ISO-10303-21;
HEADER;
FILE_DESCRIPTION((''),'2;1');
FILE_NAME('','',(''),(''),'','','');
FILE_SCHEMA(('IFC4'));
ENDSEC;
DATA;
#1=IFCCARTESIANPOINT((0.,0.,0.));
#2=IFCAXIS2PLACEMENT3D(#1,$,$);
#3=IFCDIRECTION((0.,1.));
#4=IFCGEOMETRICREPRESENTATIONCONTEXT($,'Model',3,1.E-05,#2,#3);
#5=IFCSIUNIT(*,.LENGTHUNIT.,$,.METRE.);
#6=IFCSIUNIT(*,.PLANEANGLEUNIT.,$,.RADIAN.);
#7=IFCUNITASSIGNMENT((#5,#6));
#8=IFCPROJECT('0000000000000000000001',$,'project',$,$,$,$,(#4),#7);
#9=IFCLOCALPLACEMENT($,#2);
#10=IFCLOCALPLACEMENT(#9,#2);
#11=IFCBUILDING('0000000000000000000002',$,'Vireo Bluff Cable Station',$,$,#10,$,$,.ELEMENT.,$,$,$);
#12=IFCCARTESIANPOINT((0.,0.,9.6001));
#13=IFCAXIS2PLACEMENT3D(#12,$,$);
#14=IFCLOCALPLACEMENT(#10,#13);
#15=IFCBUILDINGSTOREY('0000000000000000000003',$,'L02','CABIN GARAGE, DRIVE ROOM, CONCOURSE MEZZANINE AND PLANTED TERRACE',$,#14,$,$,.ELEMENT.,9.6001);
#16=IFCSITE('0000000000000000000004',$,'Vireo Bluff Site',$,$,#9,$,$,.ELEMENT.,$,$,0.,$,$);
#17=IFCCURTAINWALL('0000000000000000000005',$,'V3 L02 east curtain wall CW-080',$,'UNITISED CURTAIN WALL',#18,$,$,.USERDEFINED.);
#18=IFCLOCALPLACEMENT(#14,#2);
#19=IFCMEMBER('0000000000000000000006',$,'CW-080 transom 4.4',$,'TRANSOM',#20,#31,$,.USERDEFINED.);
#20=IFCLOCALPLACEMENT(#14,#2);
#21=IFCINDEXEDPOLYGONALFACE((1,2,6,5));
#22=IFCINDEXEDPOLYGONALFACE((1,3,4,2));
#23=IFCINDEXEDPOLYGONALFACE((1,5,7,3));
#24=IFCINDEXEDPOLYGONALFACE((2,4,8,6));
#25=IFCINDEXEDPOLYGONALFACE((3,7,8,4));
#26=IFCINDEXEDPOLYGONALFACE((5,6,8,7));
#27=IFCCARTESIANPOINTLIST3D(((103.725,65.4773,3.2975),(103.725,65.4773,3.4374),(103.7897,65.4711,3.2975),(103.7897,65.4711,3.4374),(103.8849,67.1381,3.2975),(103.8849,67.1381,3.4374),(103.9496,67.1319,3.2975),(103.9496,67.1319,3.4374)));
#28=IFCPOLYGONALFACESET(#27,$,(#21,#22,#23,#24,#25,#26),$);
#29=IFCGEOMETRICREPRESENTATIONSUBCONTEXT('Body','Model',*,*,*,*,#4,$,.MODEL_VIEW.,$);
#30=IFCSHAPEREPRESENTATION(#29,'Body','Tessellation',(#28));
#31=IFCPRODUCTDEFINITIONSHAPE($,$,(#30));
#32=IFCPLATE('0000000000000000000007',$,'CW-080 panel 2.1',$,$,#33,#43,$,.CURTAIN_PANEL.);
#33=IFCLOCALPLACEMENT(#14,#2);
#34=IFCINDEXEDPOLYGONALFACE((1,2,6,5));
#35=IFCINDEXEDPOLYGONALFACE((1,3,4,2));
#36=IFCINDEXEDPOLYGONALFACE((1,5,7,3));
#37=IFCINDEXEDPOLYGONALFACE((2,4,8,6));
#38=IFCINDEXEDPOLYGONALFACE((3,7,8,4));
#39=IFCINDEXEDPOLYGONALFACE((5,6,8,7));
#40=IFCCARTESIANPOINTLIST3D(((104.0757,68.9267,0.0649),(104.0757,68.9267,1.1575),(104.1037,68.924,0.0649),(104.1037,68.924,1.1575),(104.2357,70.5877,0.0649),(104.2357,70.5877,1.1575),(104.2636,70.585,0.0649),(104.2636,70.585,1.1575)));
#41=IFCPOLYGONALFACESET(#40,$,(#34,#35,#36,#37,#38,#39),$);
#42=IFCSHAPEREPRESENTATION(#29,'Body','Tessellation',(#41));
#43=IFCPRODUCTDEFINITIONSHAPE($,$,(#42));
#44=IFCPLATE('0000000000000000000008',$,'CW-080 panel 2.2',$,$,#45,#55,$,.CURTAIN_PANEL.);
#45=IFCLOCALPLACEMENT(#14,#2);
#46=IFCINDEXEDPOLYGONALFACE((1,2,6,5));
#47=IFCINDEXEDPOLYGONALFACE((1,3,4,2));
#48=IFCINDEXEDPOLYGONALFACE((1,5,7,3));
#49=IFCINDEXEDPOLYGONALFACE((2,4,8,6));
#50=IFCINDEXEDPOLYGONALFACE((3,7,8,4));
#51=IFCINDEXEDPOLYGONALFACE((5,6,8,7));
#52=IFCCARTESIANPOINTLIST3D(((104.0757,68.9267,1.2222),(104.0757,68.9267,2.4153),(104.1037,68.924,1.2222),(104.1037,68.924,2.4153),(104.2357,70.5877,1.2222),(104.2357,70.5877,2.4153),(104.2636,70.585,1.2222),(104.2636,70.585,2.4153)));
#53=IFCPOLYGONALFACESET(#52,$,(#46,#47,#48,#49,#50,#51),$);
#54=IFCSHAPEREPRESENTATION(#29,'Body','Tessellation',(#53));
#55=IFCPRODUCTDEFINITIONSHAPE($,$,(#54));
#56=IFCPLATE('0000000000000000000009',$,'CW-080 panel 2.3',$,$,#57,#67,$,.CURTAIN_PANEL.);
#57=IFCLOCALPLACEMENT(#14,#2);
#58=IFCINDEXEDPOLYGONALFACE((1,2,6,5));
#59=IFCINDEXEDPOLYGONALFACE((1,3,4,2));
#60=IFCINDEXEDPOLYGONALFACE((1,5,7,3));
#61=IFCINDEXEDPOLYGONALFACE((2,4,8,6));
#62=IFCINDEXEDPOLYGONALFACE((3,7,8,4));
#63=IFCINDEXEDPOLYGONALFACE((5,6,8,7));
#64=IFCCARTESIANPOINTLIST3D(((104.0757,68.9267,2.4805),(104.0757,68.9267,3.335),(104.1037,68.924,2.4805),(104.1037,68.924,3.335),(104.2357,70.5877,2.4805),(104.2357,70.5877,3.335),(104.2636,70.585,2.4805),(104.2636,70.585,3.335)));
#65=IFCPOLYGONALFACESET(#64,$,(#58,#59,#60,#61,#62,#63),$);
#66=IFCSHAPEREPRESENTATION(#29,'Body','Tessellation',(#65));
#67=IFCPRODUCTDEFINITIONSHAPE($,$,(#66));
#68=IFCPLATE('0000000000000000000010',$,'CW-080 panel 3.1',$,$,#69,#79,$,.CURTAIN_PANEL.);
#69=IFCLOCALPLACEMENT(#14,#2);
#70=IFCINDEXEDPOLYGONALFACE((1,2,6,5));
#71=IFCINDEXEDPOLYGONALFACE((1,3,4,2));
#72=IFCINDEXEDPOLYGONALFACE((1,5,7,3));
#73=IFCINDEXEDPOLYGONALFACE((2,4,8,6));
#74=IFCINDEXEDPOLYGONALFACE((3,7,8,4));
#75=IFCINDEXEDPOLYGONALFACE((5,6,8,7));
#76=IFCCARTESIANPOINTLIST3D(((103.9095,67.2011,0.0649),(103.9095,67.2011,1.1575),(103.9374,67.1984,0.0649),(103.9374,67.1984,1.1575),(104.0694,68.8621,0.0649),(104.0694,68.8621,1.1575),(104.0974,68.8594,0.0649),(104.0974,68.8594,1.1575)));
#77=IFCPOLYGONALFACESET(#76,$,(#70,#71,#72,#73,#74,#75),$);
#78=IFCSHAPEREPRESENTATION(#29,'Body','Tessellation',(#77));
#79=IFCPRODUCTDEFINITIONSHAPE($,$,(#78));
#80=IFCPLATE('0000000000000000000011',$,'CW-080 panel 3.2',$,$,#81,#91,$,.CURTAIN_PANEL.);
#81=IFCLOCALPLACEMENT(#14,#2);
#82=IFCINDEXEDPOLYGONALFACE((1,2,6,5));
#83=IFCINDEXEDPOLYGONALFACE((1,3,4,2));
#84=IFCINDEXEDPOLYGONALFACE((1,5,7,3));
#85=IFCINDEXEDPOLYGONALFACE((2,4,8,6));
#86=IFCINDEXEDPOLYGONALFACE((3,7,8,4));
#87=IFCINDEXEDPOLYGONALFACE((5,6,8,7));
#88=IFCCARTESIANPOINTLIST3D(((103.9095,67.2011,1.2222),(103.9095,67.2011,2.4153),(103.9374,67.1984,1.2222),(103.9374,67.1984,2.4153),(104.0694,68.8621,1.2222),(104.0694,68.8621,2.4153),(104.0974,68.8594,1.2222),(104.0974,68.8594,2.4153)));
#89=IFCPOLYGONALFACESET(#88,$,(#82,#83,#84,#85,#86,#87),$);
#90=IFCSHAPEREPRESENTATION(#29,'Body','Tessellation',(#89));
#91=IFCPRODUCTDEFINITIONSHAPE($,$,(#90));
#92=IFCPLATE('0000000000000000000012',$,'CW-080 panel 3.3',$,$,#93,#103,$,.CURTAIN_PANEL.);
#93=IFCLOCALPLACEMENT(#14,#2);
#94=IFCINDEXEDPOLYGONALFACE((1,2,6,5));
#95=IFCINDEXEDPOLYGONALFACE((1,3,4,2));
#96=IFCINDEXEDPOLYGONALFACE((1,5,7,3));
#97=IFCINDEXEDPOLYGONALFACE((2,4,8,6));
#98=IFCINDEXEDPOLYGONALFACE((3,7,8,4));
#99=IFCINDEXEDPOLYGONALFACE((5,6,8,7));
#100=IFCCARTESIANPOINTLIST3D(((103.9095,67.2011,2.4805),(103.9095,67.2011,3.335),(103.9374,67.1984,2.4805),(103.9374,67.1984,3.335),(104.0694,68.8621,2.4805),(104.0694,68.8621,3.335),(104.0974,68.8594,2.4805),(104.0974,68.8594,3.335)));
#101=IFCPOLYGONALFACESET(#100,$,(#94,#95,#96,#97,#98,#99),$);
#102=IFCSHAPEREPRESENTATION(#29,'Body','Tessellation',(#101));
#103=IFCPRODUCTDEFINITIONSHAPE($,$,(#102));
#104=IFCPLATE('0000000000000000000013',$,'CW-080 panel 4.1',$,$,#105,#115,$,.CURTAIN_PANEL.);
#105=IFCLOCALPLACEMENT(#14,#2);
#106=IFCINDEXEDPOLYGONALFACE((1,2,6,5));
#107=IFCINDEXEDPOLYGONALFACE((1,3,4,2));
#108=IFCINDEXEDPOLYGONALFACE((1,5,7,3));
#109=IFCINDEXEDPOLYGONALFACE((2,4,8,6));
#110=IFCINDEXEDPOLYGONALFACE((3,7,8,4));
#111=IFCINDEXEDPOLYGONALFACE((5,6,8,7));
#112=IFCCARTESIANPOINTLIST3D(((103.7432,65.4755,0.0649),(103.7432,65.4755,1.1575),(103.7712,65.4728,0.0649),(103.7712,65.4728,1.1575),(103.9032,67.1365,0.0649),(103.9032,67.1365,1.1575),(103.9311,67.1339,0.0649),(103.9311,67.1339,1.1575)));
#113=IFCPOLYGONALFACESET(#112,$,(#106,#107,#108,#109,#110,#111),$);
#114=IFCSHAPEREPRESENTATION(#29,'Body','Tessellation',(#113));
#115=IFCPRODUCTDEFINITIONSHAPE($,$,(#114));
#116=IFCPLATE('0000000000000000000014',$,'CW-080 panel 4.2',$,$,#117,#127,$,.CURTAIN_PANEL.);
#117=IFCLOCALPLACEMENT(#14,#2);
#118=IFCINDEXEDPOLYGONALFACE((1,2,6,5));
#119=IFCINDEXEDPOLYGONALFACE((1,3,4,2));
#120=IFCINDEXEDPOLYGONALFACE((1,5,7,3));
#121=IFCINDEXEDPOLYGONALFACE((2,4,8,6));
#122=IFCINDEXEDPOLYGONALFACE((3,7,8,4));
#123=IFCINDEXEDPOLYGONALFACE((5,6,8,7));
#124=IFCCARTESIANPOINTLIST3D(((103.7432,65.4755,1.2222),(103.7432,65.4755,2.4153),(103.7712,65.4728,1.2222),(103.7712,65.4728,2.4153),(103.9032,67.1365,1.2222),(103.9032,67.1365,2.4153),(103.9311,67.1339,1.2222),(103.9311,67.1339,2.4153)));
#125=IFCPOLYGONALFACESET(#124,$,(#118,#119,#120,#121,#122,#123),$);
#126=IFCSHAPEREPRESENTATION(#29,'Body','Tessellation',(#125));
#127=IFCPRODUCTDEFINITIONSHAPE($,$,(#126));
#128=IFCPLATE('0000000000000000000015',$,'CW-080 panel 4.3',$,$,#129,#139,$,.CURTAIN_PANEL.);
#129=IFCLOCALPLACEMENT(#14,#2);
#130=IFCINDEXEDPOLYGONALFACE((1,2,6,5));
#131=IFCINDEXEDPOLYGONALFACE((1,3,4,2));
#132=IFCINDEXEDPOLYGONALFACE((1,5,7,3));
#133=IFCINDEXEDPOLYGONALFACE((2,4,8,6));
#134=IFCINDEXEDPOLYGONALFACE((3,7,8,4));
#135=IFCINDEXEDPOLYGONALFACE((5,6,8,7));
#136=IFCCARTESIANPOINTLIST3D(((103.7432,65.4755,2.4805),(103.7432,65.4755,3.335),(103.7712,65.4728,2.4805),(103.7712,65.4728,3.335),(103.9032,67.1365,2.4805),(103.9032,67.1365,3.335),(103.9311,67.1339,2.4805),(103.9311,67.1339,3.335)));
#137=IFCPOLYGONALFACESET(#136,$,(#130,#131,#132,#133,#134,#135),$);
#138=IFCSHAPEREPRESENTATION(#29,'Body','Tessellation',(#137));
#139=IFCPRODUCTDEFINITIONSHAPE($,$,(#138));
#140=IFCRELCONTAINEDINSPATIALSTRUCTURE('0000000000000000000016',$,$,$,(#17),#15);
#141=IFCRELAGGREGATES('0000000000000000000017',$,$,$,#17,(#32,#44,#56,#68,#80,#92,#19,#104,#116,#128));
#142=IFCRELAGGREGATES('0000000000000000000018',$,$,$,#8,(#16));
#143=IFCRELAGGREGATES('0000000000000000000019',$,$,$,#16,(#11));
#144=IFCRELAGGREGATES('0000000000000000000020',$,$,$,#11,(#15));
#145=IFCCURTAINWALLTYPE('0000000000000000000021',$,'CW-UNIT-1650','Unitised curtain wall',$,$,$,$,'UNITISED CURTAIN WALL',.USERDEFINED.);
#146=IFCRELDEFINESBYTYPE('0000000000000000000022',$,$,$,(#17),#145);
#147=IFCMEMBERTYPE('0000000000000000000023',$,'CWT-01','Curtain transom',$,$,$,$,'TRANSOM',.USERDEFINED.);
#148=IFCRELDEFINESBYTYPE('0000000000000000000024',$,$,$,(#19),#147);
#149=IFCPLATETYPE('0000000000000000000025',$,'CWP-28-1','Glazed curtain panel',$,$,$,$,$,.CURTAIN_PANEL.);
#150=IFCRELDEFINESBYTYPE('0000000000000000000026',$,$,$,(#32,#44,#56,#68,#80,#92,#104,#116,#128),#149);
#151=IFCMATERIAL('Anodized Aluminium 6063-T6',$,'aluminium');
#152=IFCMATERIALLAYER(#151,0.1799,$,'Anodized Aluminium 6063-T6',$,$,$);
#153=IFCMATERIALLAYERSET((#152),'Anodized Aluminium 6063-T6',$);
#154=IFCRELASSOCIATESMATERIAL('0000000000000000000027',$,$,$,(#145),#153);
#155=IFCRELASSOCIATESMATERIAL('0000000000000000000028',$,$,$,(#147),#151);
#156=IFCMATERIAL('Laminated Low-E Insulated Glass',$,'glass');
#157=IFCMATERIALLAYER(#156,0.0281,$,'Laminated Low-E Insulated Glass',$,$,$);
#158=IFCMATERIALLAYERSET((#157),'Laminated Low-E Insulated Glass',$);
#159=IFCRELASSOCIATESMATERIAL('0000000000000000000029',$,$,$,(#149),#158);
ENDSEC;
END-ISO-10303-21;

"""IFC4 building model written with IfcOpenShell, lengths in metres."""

from ifc_helpers import new_model, si_unit, direction, frame, origin, origin_2d, place, context, subcontext, project, spatial, rectangle, extrude, material, layer, layer_set, material_profile, profile_set, type_object, element, aggregate, save


model = new_model("IFC4")

# Units and contexts
model_context = context("Model", 3, precision=1e-05, world=origin(), true_north=direction((0.0, 1.0)))
body_context = subcontext(model_context, "Body", "Model", "MODEL_VIEW")
ifc_project = project(units=[si_unit("LENGTHUNIT", "METRE"), si_unit("PLANEANGLEUNIT", "RADIAN")], contexts=[model_context])

# Site, building, storey
site_placement = place(None, origin())
site = spatial("IfcSite", under=ifc_project, at=site_placement, Name="Vireo Bluff Site", CompositionType="ELEMENT", RefElevation=0.0)
building_placement = place(site_placement, origin())
building = spatial("IfcBuilding", under=site, at=building_placement, Name="Vireo Bluff Cable Station", CompositionType="ELEMENT")
storey_placement = place(building_placement, frame((0.0, 0.0, 9.6001)))
storey = spatial("IfcBuildingStorey", under=building, at=storey_placement, Name="L02", Description="CABIN GARAGE, DRIVE ROOM, CONCOURSE MEZZANINE AND PLANTED TERRACE", CompositionType="ELEMENT", Elevation=9.6001)

# Curtain wall, member, plates
ifc_material_1 = material(Name="Anodized Aluminium 6063-T6", Category="aluminium")
ifc_layer_1 = layer(ifc_material_1, 0.1799, Name="Anodized Aluminium 6063-T6")
ifc_layer_set_1 = layer_set([ifc_layer_1], Name="Anodized Aluminium 6063-T6")
curtain_wall_type = type_object("IfcCurtainWallType", Name="CW-UNIT-1650", Description="Unitised curtain wall", ElementType="UNITISED CURTAIN WALL", PredefinedType="USERDEFINED", material=ifc_layer_set_1)
curtain_wall_placement = place(storey_placement, origin())
curtain_wall = element("IfcCurtainWall", 1, at=curtain_wall_placement, inside=storey, type_object=curtain_wall_type, Name="V3 L02 east curtain wall CW-080", ObjectType="UNITISED CURTAIN WALL", PredefinedType="USERDEFINED")
ifc_material_profile_1 = material_profile(ifc_material_1, rectangle(XDim=0.0649, YDim=0.1399, at=origin_2d()), Name="ALU-T-65X140")
ifc_profile_set_1 = profile_set([ifc_material_profile_1], Name="Anodized Aluminium 6063-T6")
member_type_1 = type_object("IfcMemberType", Name="CWT-01", Description="Curtain transom", ElementType="TRANSOM", PredefinedType="USERDEFINED", material=ifc_profile_set_1)
member_1_placement = place(storey_placement, frame((103.9172, 67.135, 3.3674), z_axis=(-0.095838, -0.995397, 0.0), x_axis=(0.995397, -0.095838, 0.0)))
member_1 = element("IfcMember", 2, at=member_1_placement, type_object=member_type_1, Name="CW-080 transom 4.4", ObjectType="TRANSOM", PredefinedType="USERDEFINED", context=body_context, shape_type="SweptSolid", body=[
    extrude(rectangle(XDim=0.0649, YDim=0.1399, at=origin_2d()), origin(), (0.0, 0.0, 1.0), 1.6685),
])
ifc_material_2 = material(Name="Laminated Low-E Insulated Glass", Category="glass")
ifc_layer_2 = layer(ifc_material_2, 0.0281, Name="Laminated Low-E Insulated Glass")
ifc_layer_set_2 = layer_set([ifc_layer_2], Name="Laminated Low-E Insulated Glass")
plate_type = type_object("IfcPlateType", Name="CWP-28-1", Description="Glazed curtain panel", PredefinedType="CURTAIN_PANEL", material=ifc_layer_set_2)
plate_1_placement = place(storey_placement, frame((104.1697, 69.7559, 0.0649), z_axis=(0.0, 0.0, 1.0), x_axis=(-0.095846, -0.995396, 0.0)))
plate_1 = element("IfcPlate", 3, at=plate_1_placement, type_object=plate_type, Name="CW-080 panel 2.1", PredefinedType="CURTAIN_PANEL", context=body_context, shape_type="SweptSolid", body=[
    extrude(rectangle(XDim=1.6687, YDim=0.0281, at=origin_2d()), origin(), (0.0, 0.0, 1.0), 1.0925),
])
plate_2_placement = place(storey_placement, frame((104.1697, 69.7559, 1.2222), z_axis=(0.0, 0.0, 1.0), x_axis=(-0.095846, -0.995396, 0.0)))
plate_2 = element("IfcPlate", 4, at=plate_2_placement, type_object=plate_type, Name="CW-080 panel 2.2", PredefinedType="CURTAIN_PANEL", context=body_context, shape_type="SweptSolid", body=[
    extrude(rectangle(XDim=1.6687, YDim=0.0281, at=origin_2d()), origin(), (0.0, 0.0, 1.0), 1.1931),
])
plate_3_placement = place(storey_placement, frame((104.1697, 69.7559, 2.4805), z_axis=(0.0, 0.0, 1.0), x_axis=(-0.095846, -0.995396, 0.0)))
plate_3 = element("IfcPlate", 5, at=plate_3_placement, type_object=plate_type, Name="CW-080 panel 2.3", PredefinedType="CURTAIN_PANEL", context=body_context, shape_type="SweptSolid", body=[
    extrude(rectangle(XDim=1.6687, YDim=0.0281, at=origin_2d()), origin(), (0.0, 0.0, 1.0), 0.8545),
])
plate_4_placement = place(storey_placement, frame((104.0034, 68.0303, 0.0649), z_axis=(0.0, 0.0, 1.0), x_axis=(-0.095846, -0.995396, 0.0)))
plate_4 = element("IfcPlate", 6, at=plate_4_placement, type_object=plate_type, Name="CW-080 panel 3.1", PredefinedType="CURTAIN_PANEL", context=body_context, shape_type="SweptSolid", body=[
    extrude(rectangle(XDim=1.6687, YDim=0.0281, at=origin_2d()), origin(), (0.0, 0.0, 1.0), 1.0925),
])
plate_5_placement = place(storey_placement, frame((104.0034, 68.0303, 1.2222), z_axis=(0.0, 0.0, 1.0), x_axis=(-0.095846, -0.995396, 0.0)))
plate_5 = element("IfcPlate", 7, at=plate_5_placement, type_object=plate_type, Name="CW-080 panel 3.2", PredefinedType="CURTAIN_PANEL", context=body_context, shape_type="SweptSolid", body=[
    extrude(rectangle(XDim=1.6687, YDim=0.0281, at=origin_2d()), origin(), (0.0, 0.0, 1.0), 1.1931),
])
plate_6_placement = place(storey_placement, frame((104.0034, 68.0303, 2.4805), z_axis=(0.0, 0.0, 1.0), x_axis=(-0.095846, -0.995396, 0.0)))
plate_6 = element("IfcPlate", 8, at=plate_6_placement, type_object=plate_type, Name="CW-080 panel 3.3", PredefinedType="CURTAIN_PANEL", context=body_context, shape_type="SweptSolid", body=[
    extrude(rectangle(XDim=1.6687, YDim=0.0281, at=origin_2d()), origin(), (0.0, 0.0, 1.0), 0.8545),
])
plate_7_placement = place(storey_placement, frame((103.8372, 66.3047, 0.0649), z_axis=(0.0, 0.0, 1.0), x_axis=(-0.095846, -0.995396, 0.0)))
plate_7 = element("IfcPlate", 9, at=plate_7_placement, type_object=plate_type, Name="CW-080 panel 4.1", PredefinedType="CURTAIN_PANEL", context=body_context, shape_type="SweptSolid", body=[
    extrude(rectangle(XDim=1.6687, YDim=0.0281, at=origin_2d()), origin(), (0.0, 0.0, 1.0), 1.0925),
])
plate_8_placement = place(storey_placement, frame((103.8372, 66.3047, 1.2222), z_axis=(0.0, 0.0, 1.0), x_axis=(-0.095846, -0.995396, 0.0)))
plate_8 = element("IfcPlate", 10, at=plate_8_placement, type_object=plate_type, Name="CW-080 panel 4.2", PredefinedType="CURTAIN_PANEL", context=body_context, shape_type="SweptSolid", body=[
    extrude(rectangle(XDim=1.6687, YDim=0.0281, at=origin_2d()), origin(), (0.0, 0.0, 1.0), 1.1931),
])
plate_9_placement = place(storey_placement, frame((103.8372, 66.3047, 2.4805), z_axis=(0.0, 0.0, 1.0), x_axis=(-0.095846, -0.995396, 0.0)))
plate_9 = element("IfcPlate", 11, at=plate_9_placement, type_object=plate_type, Name="CW-080 panel 4.3", PredefinedType="CURTAIN_PANEL", context=body_context, shape_type="SweptSolid", body=[
    extrude(rectangle(XDim=1.6687, YDim=0.0281, at=origin_2d()), origin(), (0.0, 0.0, 1.0), 0.8545),
])
aggregate(curtain_wall, [plate_1, plate_2, plate_3, plate_4, plate_5, plate_6, member_1, plate_7, plate_8, plate_9])

save(model, "model.ifc")
